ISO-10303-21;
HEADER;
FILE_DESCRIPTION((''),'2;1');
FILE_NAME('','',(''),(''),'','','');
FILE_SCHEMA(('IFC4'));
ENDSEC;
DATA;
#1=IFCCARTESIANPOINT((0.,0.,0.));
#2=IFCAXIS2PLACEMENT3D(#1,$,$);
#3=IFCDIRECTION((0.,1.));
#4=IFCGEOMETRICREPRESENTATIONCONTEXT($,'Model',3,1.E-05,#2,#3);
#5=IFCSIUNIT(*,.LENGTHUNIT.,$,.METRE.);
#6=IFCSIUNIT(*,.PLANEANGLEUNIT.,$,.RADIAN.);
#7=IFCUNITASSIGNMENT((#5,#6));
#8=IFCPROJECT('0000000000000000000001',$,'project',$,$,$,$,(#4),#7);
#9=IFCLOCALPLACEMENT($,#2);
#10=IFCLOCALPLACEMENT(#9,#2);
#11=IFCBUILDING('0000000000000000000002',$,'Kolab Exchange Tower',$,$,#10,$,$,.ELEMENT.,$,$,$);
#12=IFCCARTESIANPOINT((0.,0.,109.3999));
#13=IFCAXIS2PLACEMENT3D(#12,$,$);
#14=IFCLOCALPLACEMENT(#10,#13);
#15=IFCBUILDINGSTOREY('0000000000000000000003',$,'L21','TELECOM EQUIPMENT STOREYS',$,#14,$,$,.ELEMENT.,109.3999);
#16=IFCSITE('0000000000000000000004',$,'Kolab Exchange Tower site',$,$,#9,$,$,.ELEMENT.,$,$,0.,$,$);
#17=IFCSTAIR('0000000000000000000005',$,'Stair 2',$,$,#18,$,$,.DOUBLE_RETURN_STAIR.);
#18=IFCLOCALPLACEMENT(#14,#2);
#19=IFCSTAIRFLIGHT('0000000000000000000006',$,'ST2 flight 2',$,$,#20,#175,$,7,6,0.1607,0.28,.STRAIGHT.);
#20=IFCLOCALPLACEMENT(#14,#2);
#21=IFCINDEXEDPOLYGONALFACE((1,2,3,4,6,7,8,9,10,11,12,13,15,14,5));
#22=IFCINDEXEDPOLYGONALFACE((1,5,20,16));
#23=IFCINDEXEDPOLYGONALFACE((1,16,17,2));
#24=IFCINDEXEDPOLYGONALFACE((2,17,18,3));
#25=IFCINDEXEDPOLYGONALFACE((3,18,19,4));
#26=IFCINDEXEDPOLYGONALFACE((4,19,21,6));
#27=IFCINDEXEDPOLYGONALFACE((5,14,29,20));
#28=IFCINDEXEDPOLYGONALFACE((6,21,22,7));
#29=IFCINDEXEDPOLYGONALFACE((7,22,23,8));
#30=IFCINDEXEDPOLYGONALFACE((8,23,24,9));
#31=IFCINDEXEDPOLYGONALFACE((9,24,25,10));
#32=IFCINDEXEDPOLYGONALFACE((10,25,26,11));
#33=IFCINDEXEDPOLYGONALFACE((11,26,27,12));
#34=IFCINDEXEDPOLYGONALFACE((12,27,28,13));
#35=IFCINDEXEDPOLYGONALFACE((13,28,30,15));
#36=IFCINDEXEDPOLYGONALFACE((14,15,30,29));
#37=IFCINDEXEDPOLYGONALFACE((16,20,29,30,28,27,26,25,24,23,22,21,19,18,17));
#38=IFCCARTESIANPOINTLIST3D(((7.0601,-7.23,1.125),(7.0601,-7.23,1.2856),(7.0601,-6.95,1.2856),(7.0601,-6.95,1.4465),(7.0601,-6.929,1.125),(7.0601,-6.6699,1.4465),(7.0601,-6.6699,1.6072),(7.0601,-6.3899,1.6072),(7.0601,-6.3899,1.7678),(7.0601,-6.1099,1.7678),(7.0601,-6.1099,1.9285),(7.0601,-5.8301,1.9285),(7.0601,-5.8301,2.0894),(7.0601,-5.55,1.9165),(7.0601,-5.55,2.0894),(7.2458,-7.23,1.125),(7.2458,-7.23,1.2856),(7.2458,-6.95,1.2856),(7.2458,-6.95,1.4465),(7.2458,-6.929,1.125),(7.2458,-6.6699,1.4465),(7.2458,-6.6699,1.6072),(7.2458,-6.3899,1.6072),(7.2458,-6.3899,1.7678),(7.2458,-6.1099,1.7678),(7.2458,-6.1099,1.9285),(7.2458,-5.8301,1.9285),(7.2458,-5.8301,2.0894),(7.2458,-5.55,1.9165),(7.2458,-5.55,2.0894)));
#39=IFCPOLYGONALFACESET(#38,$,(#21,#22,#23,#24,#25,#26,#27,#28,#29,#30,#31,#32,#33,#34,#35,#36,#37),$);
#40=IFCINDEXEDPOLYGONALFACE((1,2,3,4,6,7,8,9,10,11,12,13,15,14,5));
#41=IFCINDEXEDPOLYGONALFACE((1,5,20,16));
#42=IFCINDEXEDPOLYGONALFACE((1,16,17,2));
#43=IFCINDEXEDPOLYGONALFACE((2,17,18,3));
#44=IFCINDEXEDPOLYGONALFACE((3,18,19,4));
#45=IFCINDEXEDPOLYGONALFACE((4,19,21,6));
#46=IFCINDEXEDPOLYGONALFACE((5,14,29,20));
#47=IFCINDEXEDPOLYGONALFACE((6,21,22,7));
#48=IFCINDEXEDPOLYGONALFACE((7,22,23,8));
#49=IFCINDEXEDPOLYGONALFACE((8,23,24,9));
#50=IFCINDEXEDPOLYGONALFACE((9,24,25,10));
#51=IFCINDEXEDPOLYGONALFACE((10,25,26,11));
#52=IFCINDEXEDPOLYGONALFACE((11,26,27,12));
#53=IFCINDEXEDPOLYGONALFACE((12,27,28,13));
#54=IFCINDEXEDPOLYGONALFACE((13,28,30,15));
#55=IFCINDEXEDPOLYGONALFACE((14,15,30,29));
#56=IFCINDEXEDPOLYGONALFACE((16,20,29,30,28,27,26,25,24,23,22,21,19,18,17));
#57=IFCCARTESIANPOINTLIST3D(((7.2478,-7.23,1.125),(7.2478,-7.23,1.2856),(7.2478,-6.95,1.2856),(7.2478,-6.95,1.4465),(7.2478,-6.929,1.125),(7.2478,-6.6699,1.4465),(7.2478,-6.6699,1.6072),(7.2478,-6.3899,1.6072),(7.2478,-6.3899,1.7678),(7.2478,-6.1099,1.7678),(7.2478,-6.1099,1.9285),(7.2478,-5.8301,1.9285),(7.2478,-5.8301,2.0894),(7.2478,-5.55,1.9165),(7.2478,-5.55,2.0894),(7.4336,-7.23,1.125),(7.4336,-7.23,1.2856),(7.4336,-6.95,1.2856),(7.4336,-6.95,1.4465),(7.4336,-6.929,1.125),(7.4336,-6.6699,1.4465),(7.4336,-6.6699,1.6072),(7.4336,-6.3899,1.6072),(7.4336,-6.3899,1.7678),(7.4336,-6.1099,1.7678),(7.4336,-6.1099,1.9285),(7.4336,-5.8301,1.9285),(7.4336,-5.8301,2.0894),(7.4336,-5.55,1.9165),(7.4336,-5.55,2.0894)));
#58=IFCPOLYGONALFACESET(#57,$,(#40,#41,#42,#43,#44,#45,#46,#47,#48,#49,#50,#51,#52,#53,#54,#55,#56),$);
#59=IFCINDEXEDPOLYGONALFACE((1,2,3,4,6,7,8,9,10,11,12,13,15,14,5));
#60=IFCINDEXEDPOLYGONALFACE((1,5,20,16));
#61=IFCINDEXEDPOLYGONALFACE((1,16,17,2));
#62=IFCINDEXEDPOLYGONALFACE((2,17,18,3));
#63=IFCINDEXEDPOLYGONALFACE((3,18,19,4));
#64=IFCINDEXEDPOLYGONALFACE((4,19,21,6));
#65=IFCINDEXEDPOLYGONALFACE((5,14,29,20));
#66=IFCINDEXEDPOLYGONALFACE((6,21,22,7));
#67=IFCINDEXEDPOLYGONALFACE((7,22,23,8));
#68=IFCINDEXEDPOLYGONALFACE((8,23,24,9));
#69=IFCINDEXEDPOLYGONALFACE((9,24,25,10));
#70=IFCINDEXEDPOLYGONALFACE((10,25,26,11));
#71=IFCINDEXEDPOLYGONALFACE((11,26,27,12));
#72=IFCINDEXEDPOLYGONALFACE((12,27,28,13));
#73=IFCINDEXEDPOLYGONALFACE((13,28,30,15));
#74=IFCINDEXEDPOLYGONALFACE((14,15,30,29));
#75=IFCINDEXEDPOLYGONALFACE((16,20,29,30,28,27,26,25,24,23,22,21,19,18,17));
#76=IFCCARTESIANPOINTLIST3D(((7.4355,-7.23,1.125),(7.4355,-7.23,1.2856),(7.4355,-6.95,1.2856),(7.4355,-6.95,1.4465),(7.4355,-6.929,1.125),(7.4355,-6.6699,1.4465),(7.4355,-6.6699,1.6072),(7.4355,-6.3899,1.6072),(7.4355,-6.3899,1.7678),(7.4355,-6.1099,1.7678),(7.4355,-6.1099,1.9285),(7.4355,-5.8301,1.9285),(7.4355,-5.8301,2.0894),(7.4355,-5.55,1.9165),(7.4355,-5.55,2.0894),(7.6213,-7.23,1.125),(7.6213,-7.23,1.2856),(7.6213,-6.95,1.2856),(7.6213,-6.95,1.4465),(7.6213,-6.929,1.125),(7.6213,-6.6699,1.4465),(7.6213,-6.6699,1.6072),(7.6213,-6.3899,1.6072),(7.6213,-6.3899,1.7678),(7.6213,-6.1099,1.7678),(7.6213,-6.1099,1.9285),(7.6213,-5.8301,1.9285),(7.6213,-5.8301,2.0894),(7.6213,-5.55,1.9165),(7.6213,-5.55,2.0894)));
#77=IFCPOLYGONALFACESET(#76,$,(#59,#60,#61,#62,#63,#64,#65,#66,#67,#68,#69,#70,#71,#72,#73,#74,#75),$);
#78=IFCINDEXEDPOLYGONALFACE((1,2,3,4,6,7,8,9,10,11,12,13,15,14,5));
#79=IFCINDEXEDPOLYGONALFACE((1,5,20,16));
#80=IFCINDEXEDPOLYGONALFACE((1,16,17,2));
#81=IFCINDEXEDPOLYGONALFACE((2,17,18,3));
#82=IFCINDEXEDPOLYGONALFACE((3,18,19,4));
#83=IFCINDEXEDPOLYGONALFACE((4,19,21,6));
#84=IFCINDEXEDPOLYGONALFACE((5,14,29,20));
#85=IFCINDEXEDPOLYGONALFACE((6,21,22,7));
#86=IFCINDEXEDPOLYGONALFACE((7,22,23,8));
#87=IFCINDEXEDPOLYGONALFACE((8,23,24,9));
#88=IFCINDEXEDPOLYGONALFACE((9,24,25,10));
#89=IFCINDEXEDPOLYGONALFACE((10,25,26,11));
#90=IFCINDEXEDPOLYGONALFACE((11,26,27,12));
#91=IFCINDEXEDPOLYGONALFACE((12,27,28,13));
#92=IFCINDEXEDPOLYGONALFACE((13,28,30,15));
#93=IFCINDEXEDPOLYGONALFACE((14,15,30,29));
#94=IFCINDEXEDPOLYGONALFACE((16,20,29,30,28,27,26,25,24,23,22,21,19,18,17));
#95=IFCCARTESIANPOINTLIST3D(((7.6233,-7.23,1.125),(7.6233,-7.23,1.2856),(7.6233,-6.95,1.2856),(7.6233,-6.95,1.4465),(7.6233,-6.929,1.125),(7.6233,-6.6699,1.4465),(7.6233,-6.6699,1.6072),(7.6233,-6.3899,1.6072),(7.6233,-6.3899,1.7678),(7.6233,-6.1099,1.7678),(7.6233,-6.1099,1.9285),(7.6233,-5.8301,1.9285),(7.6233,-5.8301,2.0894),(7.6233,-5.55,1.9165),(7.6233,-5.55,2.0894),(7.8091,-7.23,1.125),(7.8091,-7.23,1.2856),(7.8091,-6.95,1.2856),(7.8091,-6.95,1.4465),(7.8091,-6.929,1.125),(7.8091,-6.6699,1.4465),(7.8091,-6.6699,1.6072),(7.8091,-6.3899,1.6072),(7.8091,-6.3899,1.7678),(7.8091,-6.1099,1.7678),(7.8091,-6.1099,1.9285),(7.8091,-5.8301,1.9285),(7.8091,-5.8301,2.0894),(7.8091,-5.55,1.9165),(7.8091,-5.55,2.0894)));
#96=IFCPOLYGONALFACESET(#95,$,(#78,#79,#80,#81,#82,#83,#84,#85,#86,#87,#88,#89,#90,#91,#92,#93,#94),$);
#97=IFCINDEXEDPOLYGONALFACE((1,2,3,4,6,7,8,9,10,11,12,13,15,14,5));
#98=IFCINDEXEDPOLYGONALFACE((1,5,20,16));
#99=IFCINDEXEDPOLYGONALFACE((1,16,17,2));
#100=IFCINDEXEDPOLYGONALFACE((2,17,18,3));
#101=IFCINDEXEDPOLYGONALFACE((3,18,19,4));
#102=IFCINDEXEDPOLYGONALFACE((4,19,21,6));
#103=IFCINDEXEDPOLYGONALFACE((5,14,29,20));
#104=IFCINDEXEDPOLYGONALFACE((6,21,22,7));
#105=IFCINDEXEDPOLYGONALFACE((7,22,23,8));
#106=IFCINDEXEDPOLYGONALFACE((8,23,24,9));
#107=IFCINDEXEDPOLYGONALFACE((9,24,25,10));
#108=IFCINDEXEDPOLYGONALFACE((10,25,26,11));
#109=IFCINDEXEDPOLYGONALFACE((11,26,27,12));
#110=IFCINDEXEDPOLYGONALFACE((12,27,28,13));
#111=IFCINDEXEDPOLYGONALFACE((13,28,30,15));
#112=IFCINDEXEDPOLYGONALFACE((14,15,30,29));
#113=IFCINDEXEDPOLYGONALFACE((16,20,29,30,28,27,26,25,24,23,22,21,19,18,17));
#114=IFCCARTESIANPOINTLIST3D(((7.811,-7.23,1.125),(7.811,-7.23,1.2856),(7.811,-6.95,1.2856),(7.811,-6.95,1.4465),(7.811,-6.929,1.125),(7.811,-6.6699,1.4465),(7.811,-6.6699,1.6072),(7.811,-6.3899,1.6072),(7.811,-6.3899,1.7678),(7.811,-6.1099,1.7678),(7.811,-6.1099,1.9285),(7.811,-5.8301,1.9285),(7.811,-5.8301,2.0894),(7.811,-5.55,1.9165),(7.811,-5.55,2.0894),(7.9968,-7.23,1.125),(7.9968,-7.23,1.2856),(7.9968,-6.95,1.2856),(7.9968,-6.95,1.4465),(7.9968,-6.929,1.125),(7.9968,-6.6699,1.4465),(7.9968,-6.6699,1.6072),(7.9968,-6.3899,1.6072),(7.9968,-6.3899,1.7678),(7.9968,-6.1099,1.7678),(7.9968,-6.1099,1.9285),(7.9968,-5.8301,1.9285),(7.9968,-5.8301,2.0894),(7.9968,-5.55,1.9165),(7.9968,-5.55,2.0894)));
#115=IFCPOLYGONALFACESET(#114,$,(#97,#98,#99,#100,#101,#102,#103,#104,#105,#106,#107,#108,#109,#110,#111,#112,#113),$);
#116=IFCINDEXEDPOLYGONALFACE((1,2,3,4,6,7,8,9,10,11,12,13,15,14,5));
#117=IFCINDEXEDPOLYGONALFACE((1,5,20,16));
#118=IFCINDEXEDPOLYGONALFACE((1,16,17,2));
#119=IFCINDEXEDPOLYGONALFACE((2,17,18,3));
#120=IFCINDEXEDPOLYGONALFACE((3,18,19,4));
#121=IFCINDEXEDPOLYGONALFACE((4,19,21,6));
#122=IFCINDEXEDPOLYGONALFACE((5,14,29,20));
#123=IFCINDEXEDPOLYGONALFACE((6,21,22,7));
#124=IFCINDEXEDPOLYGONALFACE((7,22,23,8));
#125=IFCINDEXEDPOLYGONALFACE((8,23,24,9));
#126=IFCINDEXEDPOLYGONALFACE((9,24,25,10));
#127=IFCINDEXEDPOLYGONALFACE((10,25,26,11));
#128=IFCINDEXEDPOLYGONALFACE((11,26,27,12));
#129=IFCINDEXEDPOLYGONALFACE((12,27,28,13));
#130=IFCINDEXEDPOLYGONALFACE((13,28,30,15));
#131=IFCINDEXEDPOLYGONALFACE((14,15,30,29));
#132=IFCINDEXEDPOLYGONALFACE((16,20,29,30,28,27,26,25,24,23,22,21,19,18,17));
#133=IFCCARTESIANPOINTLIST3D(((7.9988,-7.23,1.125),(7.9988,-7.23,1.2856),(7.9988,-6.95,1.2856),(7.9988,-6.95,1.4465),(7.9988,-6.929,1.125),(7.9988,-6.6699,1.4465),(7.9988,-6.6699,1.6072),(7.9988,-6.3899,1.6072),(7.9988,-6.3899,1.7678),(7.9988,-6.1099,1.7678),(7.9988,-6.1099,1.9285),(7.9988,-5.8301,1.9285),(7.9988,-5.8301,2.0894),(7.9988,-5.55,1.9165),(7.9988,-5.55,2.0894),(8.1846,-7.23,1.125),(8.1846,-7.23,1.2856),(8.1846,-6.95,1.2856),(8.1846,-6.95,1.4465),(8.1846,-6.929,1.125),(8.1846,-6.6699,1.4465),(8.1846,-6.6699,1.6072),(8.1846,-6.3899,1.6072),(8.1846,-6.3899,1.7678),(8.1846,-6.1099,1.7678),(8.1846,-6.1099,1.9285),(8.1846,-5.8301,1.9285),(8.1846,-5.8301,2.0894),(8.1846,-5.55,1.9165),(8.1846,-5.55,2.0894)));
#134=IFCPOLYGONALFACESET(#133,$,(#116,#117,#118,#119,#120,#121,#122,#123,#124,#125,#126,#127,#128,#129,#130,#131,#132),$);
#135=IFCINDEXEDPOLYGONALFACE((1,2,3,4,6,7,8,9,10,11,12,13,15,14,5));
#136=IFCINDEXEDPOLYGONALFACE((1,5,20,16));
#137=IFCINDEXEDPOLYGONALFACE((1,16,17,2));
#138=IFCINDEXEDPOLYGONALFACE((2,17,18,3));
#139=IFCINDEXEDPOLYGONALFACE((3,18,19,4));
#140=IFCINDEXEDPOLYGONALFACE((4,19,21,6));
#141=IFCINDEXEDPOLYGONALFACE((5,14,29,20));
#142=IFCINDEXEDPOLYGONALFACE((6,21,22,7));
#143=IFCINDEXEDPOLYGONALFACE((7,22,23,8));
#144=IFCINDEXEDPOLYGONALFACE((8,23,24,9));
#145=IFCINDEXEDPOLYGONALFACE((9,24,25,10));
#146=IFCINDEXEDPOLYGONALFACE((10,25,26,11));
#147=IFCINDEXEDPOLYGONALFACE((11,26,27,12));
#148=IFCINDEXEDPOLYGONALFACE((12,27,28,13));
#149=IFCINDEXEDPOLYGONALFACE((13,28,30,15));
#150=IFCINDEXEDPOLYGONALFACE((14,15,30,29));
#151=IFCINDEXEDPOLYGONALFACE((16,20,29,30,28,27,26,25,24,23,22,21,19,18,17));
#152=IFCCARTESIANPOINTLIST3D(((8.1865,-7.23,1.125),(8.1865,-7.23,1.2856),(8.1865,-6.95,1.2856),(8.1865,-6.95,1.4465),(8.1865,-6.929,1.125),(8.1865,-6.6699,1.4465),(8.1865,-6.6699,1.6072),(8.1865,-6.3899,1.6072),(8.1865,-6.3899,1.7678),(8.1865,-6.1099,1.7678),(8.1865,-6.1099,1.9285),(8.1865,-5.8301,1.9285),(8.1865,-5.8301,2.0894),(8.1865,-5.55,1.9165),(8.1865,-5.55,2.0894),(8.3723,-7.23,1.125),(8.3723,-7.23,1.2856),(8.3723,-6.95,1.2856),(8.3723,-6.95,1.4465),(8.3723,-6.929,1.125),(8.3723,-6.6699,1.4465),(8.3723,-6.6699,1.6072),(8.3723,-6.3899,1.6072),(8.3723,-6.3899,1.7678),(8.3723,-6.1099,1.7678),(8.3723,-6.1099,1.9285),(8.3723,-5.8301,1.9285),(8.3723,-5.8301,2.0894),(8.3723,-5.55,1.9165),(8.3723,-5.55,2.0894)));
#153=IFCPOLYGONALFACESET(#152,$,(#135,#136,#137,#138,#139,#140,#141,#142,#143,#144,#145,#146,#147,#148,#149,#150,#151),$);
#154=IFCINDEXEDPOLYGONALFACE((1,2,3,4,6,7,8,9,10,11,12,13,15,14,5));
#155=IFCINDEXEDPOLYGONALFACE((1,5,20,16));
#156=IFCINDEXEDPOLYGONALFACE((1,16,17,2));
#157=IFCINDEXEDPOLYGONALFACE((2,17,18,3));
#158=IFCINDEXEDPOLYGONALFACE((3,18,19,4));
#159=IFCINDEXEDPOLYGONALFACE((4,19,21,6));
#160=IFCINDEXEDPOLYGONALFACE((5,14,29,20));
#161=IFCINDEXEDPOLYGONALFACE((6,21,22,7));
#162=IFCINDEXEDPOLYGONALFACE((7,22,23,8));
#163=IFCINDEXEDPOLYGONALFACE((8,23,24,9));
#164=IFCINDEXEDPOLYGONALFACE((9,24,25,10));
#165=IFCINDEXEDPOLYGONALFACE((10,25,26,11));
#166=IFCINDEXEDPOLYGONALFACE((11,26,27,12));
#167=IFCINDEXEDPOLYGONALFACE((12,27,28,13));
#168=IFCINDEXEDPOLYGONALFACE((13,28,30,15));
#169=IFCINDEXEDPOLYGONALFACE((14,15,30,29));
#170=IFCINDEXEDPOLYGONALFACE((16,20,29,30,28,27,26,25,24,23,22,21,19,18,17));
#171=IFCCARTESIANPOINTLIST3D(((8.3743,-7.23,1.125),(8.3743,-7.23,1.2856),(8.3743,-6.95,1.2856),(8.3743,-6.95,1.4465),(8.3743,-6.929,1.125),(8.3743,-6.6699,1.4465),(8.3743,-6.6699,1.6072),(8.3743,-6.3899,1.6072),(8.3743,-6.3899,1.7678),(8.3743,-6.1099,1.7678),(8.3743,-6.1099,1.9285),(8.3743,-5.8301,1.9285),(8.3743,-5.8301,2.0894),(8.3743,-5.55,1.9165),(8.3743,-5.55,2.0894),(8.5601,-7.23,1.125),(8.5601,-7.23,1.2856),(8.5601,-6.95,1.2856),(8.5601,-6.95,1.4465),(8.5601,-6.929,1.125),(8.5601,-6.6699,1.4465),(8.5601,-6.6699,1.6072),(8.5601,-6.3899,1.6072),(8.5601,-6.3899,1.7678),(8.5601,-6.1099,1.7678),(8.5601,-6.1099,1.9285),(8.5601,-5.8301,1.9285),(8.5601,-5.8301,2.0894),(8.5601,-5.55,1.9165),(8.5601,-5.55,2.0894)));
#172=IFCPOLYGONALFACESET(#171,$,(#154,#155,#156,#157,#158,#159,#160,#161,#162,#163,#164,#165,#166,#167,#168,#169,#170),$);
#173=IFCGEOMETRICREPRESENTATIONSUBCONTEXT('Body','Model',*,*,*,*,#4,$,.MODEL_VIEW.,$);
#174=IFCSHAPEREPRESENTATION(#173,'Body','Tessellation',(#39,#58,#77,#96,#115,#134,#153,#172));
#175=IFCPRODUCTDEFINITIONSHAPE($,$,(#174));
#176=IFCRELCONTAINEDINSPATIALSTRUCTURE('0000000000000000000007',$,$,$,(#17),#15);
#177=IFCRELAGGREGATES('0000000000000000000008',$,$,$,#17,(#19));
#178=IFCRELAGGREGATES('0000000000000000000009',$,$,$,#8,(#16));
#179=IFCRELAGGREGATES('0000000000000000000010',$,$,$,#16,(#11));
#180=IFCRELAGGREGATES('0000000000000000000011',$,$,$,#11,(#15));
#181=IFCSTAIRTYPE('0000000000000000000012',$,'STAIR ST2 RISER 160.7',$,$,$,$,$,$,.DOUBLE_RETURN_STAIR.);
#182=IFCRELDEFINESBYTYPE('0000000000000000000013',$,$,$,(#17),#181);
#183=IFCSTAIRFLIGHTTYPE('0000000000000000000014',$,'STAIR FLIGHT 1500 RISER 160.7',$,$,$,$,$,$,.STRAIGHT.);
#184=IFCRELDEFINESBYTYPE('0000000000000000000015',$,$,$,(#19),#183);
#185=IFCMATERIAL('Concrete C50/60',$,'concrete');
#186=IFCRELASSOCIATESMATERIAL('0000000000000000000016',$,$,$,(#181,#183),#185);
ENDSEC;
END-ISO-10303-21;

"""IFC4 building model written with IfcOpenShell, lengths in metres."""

from ifc_helpers import new_model, si_unit, direction, frame, origin, place, context, subcontext, project, spatial, polyline, outline, extrude, material, type_object, element, aggregate, save


model = new_model("IFC4")

# Units and contexts
model_context = context("Model", 3, precision=1e-05, world=origin(), true_north=direction((0.0, 1.0)))
body_context = subcontext(model_context, "Body", "Model", "MODEL_VIEW")
ifc_project = project(units=[si_unit("LENGTHUNIT", "METRE"), si_unit("PLANEANGLEUNIT", "RADIAN")], contexts=[model_context])

# Site, building, storey
site_placement = place(None, origin())
site = spatial("IfcSite", under=ifc_project, at=site_placement, Name="Kolab Exchange Tower site", CompositionType="ELEMENT", RefElevation=0.0)
building_placement = place(site_placement, origin())
building = spatial("IfcBuilding", under=site, at=building_placement, Name="Kolab Exchange Tower", CompositionType="ELEMENT")
storey_placement = place(building_placement, frame((0.0, 0.0, 109.3999)))
storey = spatial("IfcBuildingStorey", under=building, at=storey_placement, Name="L21", Description="TELECOM EQUIPMENT STOREYS", CompositionType="ELEMENT", Elevation=109.3999)

# Shared definitions
ifc_material_1 = material(Name="Concrete C50/60", Category="concrete")

# Stair, stair flight
stair_type = type_object("IfcStairType", Name="STAIR ST2 RISER 160.7", PredefinedType="DOUBLE_RETURN_STAIR", material=ifc_material_1)
stair_placement = place(storey_placement, origin())
stair = element("IfcStair", 1, at=stair_placement, inside=storey, type_object=stair_type, Name="Stair 2", PredefinedType="DOUBLE_RETURN_STAIR")
stair_flight_type = type_object("IfcStairFlightType", Name="STAIR FLIGHT 1500 RISER 160.7", PredefinedType="STRAIGHT", material=ifc_material_1)
stair_flight_1_placement = place(storey_placement, frame((7.8101, -7.23, 1.125), z_axis=(0.0, 0.0, 1.0), x_axis=(0.0, 1.0, 0.0)))
stair_flight_1 = element("IfcStairFlight", 2, at=stair_flight_1_placement, type_object=stair_flight_type, Name="ST2 flight 2", NumberOfRisers=7, NumberOfTreads=6, PredefinedType="STRAIGHT", RiserHeight=0.1607, TreadLength=0.28, context=body_context, shape_type="SweptSolid", body=[
    extrude(outline(polyline([(0.0, 0.0), (0.0, 0.1606), (0.28, 0.1606), (0.28, 0.3215), (0.5601, 0.3215), (0.5601, 0.4822), (0.8401, 0.4822), (0.8401, 0.6428), (1.1201, 0.6428), (1.1201, 0.8035), (1.3999, 0.8035), (1.3999, 0.9644), (1.6799, 0.9644), (1.6799, 1.125), (1.6799, 0.7915), (0.301, 0.0), (0.0, 0.0)])), frame((0.0, 0.75, 0.0), z_axis=(0.0, -1.0, 0.0), x_axis=(1.0, 0.0, 0.0)), (0.0, 0.0, 1.0), 0.1858),
    extrude(outline(polyline([(0.0, 0.0), (0.0, 0.1606), (0.28, 0.1606), (0.28, 0.3215), (0.5601, 0.3215), (0.5601, 0.4822), (0.8401, 0.4822), (0.8401, 0.6428), (1.1201, 0.6428), (1.1201, 0.8035), (1.3999, 0.8035), (1.3999, 0.9644), (1.6799, 0.9644), (1.6799, 1.125), (1.6799, 0.7915), (0.301, 0.0), (0.0, 0.0)])), frame((0.0, 0.5623, 0.0), z_axis=(0.0, -1.0, 0.0), x_axis=(1.0, 0.0, 0.0)), (0.0, 0.0, 1.0), 0.1858),
    extrude(outline(polyline([(0.0, 0.0), (0.0, 0.1606), (0.28, 0.1606), (0.28, 0.3215), (0.5601, 0.3215), (0.5601, 0.4822), (0.8401, 0.4822), (0.8401, 0.6428), (1.1201, 0.6428), (1.1201, 0.8035), (1.3999, 0.8035), (1.3999, 0.9644), (1.6799, 0.9644), (1.6799, 1.125), (1.6799, 0.7915), (0.301, 0.0), (0.0, 0.0)])), frame((0.0, 0.3745, 0.0), z_axis=(0.0, -1.0, 0.0), x_axis=(1.0, 0.0, 0.0)), (0.0, 0.0, 1.0), 0.1858),
    extrude(outline(polyline([(0.0, 0.0), (0.0, 0.1606), (0.28, 0.1606), (0.28, 0.3215), (0.5601, 0.3215), (0.5601, 0.4822), (0.8401, 0.4822), (0.8401, 0.6428), (1.1201, 0.6428), (1.1201, 0.8035), (1.3999, 0.8035), (1.3999, 0.9644), (1.6799, 0.9644), (1.6799, 1.125), (1.6799, 0.7915), (0.301, 0.0), (0.0, 0.0)])), frame((0.0, 0.1868, 0.0), z_axis=(0.0, -1.0, 0.0), x_axis=(1.0, 0.0, 0.0)), (0.0, 0.0, 1.0), 0.1858),
    extrude(outline(polyline([(0.0, 0.0), (0.0, 0.1606), (0.28, 0.1606), (0.28, 0.3215), (0.5601, 0.3215), (0.5601, 0.4822), (0.8401, 0.4822), (0.8401, 0.6428), (1.1201, 0.6428), (1.1201, 0.8035), (1.3999, 0.8035), (1.3999, 0.9644), (1.6799, 0.9644), (1.6799, 1.125), (1.6799, 0.7915), (0.301, 0.0), (0.0, 0.0)])), frame((0.0, -0.001, 0.0), z_axis=(0.0, -1.0, 0.0), x_axis=(1.0, 0.0, 0.0)), (0.0, 0.0, 1.0), 0.1858),
    extrude(outline(polyline([(0.0, 0.0), (0.0, 0.1606), (0.28, 0.1606), (0.28, 0.3215), (0.5601, 0.3215), (0.5601, 0.4822), (0.8401, 0.4822), (0.8401, 0.6428), (1.1201, 0.6428), (1.1201, 0.8035), (1.3999, 0.8035), (1.3999, 0.9644), (1.6799, 0.9644), (1.6799, 1.125), (1.6799, 0.7915), (0.301, 0.0), (0.0, 0.0)])), frame((0.0, -0.1887, 0.0), z_axis=(0.0, -1.0, 0.0), x_axis=(1.0, 0.0, 0.0)), (0.0, 0.0, 1.0), 0.1858),
    extrude(outline(polyline([(0.0, 0.0), (0.0, 0.1606), (0.28, 0.1606), (0.28, 0.3215), (0.5601, 0.3215), (0.5601, 0.4822), (0.8401, 0.4822), (0.8401, 0.6428), (1.1201, 0.6428), (1.1201, 0.8035), (1.3999, 0.8035), (1.3999, 0.9644), (1.6799, 0.9644), (1.6799, 1.125), (1.6799, 0.7915), (0.301, 0.0), (0.0, 0.0)])), frame((0.0, -0.3765, 0.0), z_axis=(0.0, -1.0, 0.0), x_axis=(1.0, 0.0, 0.0)), (0.0, 0.0, 1.0), 0.1858),
    extrude(outline(polyline([(0.0, 0.0), (0.0, 0.1606), (0.28, 0.1606), (0.28, 0.3215), (0.5601, 0.3215), (0.5601, 0.4822), (0.8401, 0.4822), (0.8401, 0.6428), (1.1201, 0.6428), (1.1201, 0.8035), (1.3999, 0.8035), (1.3999, 0.9644), (1.6799, 0.9644), (1.6799, 1.125), (1.6799, 0.7915), (0.301, 0.0), (0.0, 0.0)])), frame((0.0, -0.5642, 0.0), z_axis=(0.0, -1.0, 0.0), x_axis=(1.0, 0.0, 0.0)), (0.0, 0.0, 1.0), 0.1858),
])
aggregate(stair, [stair_flight_1])

save(model, "model.ifc")
